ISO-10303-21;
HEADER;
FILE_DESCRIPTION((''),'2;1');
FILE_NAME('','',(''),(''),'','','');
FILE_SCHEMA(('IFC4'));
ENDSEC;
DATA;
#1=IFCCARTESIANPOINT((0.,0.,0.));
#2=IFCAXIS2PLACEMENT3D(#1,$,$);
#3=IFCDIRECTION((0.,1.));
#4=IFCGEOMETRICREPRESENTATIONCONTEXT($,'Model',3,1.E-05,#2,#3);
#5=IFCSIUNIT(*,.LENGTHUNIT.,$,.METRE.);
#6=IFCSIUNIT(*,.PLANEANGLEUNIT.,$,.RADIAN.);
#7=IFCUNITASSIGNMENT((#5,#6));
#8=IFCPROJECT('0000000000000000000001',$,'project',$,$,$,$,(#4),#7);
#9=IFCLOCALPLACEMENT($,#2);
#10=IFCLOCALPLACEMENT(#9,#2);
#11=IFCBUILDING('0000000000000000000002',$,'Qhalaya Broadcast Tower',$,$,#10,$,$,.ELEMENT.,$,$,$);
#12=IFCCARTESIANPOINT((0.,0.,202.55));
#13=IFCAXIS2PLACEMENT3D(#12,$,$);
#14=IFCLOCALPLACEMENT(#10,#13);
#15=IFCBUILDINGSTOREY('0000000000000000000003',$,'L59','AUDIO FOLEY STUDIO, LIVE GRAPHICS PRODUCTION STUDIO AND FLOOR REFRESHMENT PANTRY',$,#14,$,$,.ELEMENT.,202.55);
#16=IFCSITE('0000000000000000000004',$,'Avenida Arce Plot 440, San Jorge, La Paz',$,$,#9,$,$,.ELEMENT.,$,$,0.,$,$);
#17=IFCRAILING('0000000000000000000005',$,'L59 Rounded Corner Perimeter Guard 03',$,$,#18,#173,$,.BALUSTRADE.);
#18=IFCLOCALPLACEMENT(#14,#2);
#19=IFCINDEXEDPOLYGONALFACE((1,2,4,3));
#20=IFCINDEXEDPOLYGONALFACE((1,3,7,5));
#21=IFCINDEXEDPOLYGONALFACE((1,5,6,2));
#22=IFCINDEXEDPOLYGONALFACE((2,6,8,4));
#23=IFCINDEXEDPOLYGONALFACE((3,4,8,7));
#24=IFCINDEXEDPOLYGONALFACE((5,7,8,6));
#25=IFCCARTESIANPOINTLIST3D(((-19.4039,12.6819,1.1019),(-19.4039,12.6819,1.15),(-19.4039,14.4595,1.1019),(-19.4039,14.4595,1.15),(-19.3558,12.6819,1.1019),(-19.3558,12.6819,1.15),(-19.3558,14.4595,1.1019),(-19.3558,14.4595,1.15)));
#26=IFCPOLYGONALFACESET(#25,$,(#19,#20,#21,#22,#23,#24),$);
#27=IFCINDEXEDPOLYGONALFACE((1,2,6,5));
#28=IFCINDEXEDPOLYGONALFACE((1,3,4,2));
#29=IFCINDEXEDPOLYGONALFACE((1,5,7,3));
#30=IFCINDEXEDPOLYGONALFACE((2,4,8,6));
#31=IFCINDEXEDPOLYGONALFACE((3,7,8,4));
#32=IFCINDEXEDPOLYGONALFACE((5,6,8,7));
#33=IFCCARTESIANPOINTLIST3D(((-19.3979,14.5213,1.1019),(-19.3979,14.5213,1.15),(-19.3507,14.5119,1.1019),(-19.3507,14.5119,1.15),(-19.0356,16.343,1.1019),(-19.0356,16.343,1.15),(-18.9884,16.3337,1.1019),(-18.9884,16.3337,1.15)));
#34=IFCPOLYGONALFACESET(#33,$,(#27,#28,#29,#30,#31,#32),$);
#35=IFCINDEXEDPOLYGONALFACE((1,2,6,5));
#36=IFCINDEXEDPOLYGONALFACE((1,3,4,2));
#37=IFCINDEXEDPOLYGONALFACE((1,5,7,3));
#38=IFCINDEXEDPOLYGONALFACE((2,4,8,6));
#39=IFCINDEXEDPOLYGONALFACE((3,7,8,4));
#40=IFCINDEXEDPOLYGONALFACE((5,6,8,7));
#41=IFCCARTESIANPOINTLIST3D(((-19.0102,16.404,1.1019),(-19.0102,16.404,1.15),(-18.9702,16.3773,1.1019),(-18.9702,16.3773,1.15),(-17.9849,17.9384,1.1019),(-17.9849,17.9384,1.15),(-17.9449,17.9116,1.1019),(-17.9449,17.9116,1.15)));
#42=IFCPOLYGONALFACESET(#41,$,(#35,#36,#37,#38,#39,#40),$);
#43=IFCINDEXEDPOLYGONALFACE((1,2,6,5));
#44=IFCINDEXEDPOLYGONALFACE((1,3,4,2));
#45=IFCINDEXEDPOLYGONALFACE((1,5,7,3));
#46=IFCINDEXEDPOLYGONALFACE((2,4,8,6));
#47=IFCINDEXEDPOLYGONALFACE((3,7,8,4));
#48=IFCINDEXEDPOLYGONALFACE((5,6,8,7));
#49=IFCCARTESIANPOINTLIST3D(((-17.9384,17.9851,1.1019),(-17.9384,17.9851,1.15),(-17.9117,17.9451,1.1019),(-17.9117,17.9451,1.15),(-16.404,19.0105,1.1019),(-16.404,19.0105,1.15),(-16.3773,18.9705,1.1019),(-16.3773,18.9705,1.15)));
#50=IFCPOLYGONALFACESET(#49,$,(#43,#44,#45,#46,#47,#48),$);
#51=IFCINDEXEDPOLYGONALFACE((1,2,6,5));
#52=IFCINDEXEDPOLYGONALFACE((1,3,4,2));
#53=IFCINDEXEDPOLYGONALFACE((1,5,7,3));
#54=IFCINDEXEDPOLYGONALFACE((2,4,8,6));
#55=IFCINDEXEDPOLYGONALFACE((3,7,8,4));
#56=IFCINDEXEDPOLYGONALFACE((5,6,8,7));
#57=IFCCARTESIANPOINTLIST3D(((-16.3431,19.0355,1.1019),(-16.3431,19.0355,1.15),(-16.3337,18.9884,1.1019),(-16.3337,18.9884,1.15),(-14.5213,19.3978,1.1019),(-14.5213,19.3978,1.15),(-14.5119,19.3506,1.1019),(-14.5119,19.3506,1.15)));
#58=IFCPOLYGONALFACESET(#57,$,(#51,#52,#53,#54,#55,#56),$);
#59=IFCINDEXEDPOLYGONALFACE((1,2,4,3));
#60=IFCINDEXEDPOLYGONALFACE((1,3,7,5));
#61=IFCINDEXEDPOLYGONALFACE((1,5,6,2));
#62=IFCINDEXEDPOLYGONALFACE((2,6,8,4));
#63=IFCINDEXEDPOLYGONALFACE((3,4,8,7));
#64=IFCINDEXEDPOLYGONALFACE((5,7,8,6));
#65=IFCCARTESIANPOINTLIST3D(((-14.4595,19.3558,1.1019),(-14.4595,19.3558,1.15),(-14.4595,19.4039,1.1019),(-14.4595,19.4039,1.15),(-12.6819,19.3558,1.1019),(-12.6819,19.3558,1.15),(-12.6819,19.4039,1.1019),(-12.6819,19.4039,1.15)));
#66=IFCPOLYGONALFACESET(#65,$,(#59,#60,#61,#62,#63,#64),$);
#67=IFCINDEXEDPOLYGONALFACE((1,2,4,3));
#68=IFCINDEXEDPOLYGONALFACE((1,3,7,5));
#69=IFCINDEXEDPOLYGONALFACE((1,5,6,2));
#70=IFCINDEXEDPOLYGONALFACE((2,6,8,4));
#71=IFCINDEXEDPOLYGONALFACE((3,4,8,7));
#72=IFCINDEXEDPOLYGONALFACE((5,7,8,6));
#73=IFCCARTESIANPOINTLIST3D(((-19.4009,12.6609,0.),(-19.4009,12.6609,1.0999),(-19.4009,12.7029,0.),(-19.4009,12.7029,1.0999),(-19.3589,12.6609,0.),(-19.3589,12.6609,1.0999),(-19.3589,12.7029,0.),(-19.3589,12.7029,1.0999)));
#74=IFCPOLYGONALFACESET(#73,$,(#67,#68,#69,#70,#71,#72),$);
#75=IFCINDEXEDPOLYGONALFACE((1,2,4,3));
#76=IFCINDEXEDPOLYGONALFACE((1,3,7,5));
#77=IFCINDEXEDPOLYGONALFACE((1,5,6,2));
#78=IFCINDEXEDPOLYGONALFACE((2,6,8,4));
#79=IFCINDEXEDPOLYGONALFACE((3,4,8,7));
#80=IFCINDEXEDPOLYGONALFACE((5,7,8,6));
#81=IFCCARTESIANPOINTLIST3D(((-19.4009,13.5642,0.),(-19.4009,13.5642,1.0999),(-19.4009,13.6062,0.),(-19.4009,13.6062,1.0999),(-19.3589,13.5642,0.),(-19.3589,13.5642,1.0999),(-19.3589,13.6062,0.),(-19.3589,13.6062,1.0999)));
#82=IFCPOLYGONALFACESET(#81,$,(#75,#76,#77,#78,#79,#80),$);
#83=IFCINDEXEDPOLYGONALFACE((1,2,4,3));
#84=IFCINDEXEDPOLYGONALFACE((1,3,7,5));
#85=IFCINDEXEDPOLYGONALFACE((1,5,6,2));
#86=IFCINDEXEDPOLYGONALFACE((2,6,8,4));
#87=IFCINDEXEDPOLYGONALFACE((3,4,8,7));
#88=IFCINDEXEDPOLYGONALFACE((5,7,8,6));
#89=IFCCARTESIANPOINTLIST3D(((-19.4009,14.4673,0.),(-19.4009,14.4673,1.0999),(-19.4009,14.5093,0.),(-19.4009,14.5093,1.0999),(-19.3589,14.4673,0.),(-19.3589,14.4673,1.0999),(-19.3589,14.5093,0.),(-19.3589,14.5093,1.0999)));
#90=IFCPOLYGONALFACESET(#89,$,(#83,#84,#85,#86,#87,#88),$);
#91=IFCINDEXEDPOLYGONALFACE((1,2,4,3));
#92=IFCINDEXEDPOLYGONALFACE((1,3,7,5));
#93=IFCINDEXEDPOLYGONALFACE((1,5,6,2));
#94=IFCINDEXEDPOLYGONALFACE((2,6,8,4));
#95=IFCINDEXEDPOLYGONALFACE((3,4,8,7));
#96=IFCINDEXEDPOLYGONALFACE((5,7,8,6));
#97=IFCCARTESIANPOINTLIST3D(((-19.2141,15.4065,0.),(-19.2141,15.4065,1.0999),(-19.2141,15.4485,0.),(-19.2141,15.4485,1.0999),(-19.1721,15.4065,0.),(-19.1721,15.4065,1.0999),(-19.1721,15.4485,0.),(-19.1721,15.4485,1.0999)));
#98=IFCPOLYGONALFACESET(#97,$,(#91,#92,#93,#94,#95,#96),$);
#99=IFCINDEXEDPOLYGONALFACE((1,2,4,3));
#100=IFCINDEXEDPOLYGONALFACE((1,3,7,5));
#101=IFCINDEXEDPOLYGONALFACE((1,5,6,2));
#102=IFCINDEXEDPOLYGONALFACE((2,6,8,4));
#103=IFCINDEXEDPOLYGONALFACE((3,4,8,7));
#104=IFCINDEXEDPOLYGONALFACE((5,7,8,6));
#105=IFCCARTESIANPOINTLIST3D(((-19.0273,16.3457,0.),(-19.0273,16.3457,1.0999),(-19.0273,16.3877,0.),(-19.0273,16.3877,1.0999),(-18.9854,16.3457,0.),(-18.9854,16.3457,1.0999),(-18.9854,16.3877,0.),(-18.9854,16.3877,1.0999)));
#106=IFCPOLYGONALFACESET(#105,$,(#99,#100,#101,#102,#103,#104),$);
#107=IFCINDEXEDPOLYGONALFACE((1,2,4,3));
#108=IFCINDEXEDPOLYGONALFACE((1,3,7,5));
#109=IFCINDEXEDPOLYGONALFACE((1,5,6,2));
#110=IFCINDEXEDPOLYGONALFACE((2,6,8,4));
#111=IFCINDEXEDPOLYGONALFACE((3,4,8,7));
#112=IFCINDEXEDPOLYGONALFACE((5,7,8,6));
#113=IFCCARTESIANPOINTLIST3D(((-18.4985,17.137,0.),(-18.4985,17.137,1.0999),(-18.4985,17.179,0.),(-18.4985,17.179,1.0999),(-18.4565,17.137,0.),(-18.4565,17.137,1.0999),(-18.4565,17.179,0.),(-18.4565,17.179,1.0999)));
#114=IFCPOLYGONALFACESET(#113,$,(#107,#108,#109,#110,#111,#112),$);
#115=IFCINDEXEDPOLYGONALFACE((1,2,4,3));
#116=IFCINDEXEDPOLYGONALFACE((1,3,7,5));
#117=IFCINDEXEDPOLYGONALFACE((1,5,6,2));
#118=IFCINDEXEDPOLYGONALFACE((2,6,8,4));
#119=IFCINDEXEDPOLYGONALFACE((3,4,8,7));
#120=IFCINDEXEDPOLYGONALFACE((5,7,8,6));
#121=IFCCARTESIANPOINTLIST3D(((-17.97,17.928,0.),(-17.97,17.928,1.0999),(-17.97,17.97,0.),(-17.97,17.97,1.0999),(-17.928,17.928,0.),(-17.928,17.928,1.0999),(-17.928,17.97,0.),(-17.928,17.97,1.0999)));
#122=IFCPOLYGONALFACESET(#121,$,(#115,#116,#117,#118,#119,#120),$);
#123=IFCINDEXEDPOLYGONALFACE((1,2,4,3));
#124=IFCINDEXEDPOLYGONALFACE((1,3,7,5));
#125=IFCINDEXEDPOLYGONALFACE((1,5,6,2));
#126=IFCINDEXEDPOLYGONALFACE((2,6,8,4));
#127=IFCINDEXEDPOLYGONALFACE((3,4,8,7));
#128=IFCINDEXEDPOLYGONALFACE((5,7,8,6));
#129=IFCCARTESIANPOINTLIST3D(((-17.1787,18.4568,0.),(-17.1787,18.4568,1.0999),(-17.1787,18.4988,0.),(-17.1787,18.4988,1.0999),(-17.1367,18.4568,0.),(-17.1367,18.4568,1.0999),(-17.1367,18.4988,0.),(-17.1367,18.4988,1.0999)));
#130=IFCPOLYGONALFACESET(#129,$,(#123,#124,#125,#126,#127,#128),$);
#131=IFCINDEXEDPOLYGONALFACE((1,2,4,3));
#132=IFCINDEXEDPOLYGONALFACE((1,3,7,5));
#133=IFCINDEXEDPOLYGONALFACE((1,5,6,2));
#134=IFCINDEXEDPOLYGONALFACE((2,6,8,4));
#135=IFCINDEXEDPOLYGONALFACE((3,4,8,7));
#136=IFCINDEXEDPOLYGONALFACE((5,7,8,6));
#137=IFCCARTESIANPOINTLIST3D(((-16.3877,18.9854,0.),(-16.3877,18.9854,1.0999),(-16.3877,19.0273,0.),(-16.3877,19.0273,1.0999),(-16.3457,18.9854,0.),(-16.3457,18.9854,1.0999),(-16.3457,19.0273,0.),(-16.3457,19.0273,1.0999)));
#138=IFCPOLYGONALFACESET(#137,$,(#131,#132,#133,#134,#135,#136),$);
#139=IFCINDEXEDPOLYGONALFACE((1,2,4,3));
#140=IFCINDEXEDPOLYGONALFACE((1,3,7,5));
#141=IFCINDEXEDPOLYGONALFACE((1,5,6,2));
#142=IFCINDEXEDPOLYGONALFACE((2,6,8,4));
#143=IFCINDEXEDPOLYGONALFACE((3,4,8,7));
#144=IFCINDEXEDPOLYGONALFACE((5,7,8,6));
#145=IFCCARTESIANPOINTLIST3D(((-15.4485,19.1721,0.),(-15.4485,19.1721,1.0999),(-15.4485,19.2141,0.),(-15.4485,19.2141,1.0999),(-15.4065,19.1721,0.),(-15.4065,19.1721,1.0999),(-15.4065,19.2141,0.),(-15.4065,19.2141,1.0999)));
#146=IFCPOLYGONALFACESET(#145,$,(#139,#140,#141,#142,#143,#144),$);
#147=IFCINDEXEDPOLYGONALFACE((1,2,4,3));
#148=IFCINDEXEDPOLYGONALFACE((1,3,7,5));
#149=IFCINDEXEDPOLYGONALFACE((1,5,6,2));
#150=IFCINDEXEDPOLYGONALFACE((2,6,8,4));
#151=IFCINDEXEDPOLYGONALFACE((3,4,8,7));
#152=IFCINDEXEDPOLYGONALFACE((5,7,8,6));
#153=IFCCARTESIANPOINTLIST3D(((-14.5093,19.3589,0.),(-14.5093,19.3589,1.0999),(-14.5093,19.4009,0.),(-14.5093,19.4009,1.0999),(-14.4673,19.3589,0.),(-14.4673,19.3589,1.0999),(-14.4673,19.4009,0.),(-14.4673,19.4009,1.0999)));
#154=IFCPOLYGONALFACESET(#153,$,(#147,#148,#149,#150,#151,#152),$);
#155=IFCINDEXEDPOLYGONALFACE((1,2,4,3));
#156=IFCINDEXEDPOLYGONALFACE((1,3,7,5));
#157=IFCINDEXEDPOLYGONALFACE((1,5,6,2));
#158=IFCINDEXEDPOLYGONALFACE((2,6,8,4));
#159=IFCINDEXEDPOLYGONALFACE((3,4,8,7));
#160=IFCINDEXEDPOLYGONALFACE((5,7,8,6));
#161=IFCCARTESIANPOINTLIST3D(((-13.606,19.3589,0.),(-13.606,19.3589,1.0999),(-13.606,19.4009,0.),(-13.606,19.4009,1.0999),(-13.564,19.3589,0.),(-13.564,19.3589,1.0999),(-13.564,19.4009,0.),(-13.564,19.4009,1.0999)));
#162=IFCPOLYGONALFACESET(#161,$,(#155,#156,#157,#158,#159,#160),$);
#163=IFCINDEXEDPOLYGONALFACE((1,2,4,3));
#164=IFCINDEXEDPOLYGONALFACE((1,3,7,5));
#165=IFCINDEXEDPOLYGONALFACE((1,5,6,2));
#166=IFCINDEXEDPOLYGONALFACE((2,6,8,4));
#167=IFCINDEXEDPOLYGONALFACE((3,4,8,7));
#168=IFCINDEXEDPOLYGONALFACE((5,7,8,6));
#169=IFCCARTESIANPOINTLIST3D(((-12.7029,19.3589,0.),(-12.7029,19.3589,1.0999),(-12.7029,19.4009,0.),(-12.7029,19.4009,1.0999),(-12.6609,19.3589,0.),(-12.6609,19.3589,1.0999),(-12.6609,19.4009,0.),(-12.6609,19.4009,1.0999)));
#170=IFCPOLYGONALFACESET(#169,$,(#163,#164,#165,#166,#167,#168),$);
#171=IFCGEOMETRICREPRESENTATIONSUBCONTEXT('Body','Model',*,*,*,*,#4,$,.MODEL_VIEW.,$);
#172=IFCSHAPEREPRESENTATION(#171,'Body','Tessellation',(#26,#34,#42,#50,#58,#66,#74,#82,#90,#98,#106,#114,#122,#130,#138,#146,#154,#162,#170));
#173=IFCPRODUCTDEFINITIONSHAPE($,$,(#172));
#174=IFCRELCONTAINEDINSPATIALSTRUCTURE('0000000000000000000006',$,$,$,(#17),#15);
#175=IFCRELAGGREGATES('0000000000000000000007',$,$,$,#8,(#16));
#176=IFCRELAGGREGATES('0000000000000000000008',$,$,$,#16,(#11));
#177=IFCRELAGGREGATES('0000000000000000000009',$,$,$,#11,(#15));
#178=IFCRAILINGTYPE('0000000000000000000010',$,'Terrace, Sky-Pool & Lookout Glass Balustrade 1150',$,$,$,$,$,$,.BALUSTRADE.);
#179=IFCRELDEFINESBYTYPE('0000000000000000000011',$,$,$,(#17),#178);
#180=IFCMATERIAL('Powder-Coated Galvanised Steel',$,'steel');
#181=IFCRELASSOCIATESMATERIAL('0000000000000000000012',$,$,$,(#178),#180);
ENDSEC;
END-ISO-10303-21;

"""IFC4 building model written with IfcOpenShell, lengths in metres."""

from ifc_helpers import new_model, si_unit, direction, frame, origin, origin_2d, place, context, subcontext, project, spatial, rectangle, extrude, material, type_object, element, save


model = new_model("IFC4")

# Units and contexts
model_context = context("Model", 3, precision=1e-05, world=origin(), true_north=direction((0.0, 1.0)))
body_context = subcontext(model_context, "Body", "Model", "MODEL_VIEW")
ifc_project = project(units=[si_unit("LENGTHUNIT", "METRE"), si_unit("PLANEANGLEUNIT", "RADIAN")], contexts=[model_context])

# Site, building, storey
site_placement = place(None, origin())
site = spatial("IfcSite", under=ifc_project, at=site_placement, Name="Avenida Arce Plot 440, San Jorge, La Paz", CompositionType="ELEMENT", RefElevation=0.0)
building_placement = place(site_placement, origin())
building = spatial("IfcBuilding", under=site, at=building_placement, Name="Qhalaya Broadcast Tower", CompositionType="ELEMENT")
storey_placement = place(building_placement, frame((0.0, 0.0, 202.55)))
storey = spatial("IfcBuildingStorey", under=building, at=storey_placement, Name="L59", Description="AUDIO FOLEY STUDIO, LIVE GRAPHICS PRODUCTION STUDIO AND FLOOR REFRESHMENT PANTRY", CompositionType="ELEMENT", Elevation=202.55)

# Railing
ifc_material_1 = material(Name="Powder-Coated Galvanised Steel", Category="steel")
railing_type_1 = type_object("IfcRailingType", Name="Terrace, Sky-Pool & Lookout Glass Balustrade 1150", PredefinedType="BALUSTRADE", material=ifc_material_1)
railing_1_placement = place(storey_placement, frame((-19.3799, 12.6819, 0.0)))
element("IfcRailing", 1, at=railing_1_placement, inside=storey, type_object=railing_type_1, Name="L59 Rounded Corner Perimeter Guard 03", PredefinedType="BALUSTRADE", context=body_context, shape_type="SweptSolid", body=[
    extrude(rectangle(XDim=0.0481, YDim=0.0481, at=origin_2d()), frame((0.0, 0.0, 1.126), z_axis=(0.0, 1.0, 0.0), x_axis=(-1.0, 0.0, 0.0)), (0.0, 0.0, 1.0), 1.7776),
    extrude(rectangle(XDim=0.0481, YDim=0.0481, at=origin_2d()), frame((0.0056, 1.8347, 1.126), z_axis=(0.195037, 0.980796, 0.0), x_axis=(-0.980796, 0.195037, 0.0)), (0.0, 0.0, 1.0), 1.8574),
    extrude(rectangle(XDim=0.0481, YDim=0.0481, at=origin_2d()), frame((0.3896, 3.7087, 1.126), z_axis=(0.555618, 0.831438, 0.0), x_axis=(-0.831438, 0.555618, 0.0)), (0.0, 0.0, 1.0), 1.8455),
    extrude(rectangle(XDim=0.0481, YDim=0.0481, at=origin_2d()), frame((1.4548, 5.2832, 1.126), z_axis=(0.831438, 0.555618, 0.0), x_axis=(-0.555618, 0.831438, 0.0)), (0.0, 0.0, 1.0), 1.8455),
    extrude(rectangle(XDim=0.0481, YDim=0.0481, at=origin_2d()), frame((3.0415, 6.3301, 1.126), z_axis=(0.980796, 0.195037, 0.0), x_axis=(-0.195037, 0.980796, 0.0)), (0.0, 0.0, 1.0), 1.8574),
    extrude(rectangle(XDim=0.0481, YDim=0.0481, at=origin_2d()), frame((4.9204, 6.698, 1.126), z_axis=(1.0, 0.0, 0.0), x_axis=(0.0, 1.0, 0.0)), (0.0, 0.0, 1.0), 1.7776),
    extrude(rectangle(XDim=0.042, YDim=0.042, at=origin_2d()), origin(), (0.0, 0.0, 1.0), 1.0999),
    extrude(rectangle(XDim=0.042, YDim=0.042, at=origin_2d()), frame((0.0, 0.9033, 0.0)), (0.0, 0.0, 1.0), 1.0999),
    extrude(rectangle(XDim=0.042, YDim=0.042, at=origin_2d()), frame((0.0, 1.8064, 0.0)), (0.0, 0.0, 1.0), 1.0999),
    extrude(rectangle(XDim=0.042, YDim=0.042, at=origin_2d()), frame((0.1868, 2.7456, 0.0)), (0.0, 0.0, 1.0), 1.0999),
    extrude(rectangle(XDim=0.042, YDim=0.042, at=origin_2d()), frame((0.3735, 3.6848, 0.0)), (0.0, 0.0, 1.0), 1.0999),
    extrude(rectangle(XDim=0.042, YDim=0.042, at=origin_2d()), frame((0.9023, 4.4761, 0.0)), (0.0, 0.0, 1.0), 1.0999),
    extrude(rectangle(XDim=0.042, YDim=0.042, at=origin_2d()), frame((1.4309, 5.2671, 0.0)), (0.0, 0.0, 1.0), 1.0999),
    extrude(rectangle(XDim=0.042, YDim=0.042, at=origin_2d()), frame((2.2222, 5.7959, 0.0)), (0.0, 0.0, 1.0), 1.0999),
    extrude(rectangle(XDim=0.042, YDim=0.042, at=origin_2d()), frame((3.0132, 6.3245, 0.0)), (0.0, 0.0, 1.0), 1.0999),
    extrude(rectangle(XDim=0.042, YDim=0.042, at=origin_2d()), frame((3.9524, 6.5112, 0.0)), (0.0, 0.0, 1.0), 1.0999),
    extrude(rectangle(XDim=0.042, YDim=0.042, at=origin_2d()), frame((4.8916, 6.698, 0.0)), (0.0, 0.0, 1.0), 1.0999),
    extrude(rectangle(XDim=0.042, YDim=0.042, at=origin_2d()), frame((5.7949, 6.698, 0.0)), (0.0, 0.0, 1.0), 1.0999),
    extrude(rectangle(XDim=0.042, YDim=0.042, at=origin_2d()), frame((6.698, 6.698, 0.0)), (0.0, 0.0, 1.0), 1.0999),
])

save(model, "model.ifc")
